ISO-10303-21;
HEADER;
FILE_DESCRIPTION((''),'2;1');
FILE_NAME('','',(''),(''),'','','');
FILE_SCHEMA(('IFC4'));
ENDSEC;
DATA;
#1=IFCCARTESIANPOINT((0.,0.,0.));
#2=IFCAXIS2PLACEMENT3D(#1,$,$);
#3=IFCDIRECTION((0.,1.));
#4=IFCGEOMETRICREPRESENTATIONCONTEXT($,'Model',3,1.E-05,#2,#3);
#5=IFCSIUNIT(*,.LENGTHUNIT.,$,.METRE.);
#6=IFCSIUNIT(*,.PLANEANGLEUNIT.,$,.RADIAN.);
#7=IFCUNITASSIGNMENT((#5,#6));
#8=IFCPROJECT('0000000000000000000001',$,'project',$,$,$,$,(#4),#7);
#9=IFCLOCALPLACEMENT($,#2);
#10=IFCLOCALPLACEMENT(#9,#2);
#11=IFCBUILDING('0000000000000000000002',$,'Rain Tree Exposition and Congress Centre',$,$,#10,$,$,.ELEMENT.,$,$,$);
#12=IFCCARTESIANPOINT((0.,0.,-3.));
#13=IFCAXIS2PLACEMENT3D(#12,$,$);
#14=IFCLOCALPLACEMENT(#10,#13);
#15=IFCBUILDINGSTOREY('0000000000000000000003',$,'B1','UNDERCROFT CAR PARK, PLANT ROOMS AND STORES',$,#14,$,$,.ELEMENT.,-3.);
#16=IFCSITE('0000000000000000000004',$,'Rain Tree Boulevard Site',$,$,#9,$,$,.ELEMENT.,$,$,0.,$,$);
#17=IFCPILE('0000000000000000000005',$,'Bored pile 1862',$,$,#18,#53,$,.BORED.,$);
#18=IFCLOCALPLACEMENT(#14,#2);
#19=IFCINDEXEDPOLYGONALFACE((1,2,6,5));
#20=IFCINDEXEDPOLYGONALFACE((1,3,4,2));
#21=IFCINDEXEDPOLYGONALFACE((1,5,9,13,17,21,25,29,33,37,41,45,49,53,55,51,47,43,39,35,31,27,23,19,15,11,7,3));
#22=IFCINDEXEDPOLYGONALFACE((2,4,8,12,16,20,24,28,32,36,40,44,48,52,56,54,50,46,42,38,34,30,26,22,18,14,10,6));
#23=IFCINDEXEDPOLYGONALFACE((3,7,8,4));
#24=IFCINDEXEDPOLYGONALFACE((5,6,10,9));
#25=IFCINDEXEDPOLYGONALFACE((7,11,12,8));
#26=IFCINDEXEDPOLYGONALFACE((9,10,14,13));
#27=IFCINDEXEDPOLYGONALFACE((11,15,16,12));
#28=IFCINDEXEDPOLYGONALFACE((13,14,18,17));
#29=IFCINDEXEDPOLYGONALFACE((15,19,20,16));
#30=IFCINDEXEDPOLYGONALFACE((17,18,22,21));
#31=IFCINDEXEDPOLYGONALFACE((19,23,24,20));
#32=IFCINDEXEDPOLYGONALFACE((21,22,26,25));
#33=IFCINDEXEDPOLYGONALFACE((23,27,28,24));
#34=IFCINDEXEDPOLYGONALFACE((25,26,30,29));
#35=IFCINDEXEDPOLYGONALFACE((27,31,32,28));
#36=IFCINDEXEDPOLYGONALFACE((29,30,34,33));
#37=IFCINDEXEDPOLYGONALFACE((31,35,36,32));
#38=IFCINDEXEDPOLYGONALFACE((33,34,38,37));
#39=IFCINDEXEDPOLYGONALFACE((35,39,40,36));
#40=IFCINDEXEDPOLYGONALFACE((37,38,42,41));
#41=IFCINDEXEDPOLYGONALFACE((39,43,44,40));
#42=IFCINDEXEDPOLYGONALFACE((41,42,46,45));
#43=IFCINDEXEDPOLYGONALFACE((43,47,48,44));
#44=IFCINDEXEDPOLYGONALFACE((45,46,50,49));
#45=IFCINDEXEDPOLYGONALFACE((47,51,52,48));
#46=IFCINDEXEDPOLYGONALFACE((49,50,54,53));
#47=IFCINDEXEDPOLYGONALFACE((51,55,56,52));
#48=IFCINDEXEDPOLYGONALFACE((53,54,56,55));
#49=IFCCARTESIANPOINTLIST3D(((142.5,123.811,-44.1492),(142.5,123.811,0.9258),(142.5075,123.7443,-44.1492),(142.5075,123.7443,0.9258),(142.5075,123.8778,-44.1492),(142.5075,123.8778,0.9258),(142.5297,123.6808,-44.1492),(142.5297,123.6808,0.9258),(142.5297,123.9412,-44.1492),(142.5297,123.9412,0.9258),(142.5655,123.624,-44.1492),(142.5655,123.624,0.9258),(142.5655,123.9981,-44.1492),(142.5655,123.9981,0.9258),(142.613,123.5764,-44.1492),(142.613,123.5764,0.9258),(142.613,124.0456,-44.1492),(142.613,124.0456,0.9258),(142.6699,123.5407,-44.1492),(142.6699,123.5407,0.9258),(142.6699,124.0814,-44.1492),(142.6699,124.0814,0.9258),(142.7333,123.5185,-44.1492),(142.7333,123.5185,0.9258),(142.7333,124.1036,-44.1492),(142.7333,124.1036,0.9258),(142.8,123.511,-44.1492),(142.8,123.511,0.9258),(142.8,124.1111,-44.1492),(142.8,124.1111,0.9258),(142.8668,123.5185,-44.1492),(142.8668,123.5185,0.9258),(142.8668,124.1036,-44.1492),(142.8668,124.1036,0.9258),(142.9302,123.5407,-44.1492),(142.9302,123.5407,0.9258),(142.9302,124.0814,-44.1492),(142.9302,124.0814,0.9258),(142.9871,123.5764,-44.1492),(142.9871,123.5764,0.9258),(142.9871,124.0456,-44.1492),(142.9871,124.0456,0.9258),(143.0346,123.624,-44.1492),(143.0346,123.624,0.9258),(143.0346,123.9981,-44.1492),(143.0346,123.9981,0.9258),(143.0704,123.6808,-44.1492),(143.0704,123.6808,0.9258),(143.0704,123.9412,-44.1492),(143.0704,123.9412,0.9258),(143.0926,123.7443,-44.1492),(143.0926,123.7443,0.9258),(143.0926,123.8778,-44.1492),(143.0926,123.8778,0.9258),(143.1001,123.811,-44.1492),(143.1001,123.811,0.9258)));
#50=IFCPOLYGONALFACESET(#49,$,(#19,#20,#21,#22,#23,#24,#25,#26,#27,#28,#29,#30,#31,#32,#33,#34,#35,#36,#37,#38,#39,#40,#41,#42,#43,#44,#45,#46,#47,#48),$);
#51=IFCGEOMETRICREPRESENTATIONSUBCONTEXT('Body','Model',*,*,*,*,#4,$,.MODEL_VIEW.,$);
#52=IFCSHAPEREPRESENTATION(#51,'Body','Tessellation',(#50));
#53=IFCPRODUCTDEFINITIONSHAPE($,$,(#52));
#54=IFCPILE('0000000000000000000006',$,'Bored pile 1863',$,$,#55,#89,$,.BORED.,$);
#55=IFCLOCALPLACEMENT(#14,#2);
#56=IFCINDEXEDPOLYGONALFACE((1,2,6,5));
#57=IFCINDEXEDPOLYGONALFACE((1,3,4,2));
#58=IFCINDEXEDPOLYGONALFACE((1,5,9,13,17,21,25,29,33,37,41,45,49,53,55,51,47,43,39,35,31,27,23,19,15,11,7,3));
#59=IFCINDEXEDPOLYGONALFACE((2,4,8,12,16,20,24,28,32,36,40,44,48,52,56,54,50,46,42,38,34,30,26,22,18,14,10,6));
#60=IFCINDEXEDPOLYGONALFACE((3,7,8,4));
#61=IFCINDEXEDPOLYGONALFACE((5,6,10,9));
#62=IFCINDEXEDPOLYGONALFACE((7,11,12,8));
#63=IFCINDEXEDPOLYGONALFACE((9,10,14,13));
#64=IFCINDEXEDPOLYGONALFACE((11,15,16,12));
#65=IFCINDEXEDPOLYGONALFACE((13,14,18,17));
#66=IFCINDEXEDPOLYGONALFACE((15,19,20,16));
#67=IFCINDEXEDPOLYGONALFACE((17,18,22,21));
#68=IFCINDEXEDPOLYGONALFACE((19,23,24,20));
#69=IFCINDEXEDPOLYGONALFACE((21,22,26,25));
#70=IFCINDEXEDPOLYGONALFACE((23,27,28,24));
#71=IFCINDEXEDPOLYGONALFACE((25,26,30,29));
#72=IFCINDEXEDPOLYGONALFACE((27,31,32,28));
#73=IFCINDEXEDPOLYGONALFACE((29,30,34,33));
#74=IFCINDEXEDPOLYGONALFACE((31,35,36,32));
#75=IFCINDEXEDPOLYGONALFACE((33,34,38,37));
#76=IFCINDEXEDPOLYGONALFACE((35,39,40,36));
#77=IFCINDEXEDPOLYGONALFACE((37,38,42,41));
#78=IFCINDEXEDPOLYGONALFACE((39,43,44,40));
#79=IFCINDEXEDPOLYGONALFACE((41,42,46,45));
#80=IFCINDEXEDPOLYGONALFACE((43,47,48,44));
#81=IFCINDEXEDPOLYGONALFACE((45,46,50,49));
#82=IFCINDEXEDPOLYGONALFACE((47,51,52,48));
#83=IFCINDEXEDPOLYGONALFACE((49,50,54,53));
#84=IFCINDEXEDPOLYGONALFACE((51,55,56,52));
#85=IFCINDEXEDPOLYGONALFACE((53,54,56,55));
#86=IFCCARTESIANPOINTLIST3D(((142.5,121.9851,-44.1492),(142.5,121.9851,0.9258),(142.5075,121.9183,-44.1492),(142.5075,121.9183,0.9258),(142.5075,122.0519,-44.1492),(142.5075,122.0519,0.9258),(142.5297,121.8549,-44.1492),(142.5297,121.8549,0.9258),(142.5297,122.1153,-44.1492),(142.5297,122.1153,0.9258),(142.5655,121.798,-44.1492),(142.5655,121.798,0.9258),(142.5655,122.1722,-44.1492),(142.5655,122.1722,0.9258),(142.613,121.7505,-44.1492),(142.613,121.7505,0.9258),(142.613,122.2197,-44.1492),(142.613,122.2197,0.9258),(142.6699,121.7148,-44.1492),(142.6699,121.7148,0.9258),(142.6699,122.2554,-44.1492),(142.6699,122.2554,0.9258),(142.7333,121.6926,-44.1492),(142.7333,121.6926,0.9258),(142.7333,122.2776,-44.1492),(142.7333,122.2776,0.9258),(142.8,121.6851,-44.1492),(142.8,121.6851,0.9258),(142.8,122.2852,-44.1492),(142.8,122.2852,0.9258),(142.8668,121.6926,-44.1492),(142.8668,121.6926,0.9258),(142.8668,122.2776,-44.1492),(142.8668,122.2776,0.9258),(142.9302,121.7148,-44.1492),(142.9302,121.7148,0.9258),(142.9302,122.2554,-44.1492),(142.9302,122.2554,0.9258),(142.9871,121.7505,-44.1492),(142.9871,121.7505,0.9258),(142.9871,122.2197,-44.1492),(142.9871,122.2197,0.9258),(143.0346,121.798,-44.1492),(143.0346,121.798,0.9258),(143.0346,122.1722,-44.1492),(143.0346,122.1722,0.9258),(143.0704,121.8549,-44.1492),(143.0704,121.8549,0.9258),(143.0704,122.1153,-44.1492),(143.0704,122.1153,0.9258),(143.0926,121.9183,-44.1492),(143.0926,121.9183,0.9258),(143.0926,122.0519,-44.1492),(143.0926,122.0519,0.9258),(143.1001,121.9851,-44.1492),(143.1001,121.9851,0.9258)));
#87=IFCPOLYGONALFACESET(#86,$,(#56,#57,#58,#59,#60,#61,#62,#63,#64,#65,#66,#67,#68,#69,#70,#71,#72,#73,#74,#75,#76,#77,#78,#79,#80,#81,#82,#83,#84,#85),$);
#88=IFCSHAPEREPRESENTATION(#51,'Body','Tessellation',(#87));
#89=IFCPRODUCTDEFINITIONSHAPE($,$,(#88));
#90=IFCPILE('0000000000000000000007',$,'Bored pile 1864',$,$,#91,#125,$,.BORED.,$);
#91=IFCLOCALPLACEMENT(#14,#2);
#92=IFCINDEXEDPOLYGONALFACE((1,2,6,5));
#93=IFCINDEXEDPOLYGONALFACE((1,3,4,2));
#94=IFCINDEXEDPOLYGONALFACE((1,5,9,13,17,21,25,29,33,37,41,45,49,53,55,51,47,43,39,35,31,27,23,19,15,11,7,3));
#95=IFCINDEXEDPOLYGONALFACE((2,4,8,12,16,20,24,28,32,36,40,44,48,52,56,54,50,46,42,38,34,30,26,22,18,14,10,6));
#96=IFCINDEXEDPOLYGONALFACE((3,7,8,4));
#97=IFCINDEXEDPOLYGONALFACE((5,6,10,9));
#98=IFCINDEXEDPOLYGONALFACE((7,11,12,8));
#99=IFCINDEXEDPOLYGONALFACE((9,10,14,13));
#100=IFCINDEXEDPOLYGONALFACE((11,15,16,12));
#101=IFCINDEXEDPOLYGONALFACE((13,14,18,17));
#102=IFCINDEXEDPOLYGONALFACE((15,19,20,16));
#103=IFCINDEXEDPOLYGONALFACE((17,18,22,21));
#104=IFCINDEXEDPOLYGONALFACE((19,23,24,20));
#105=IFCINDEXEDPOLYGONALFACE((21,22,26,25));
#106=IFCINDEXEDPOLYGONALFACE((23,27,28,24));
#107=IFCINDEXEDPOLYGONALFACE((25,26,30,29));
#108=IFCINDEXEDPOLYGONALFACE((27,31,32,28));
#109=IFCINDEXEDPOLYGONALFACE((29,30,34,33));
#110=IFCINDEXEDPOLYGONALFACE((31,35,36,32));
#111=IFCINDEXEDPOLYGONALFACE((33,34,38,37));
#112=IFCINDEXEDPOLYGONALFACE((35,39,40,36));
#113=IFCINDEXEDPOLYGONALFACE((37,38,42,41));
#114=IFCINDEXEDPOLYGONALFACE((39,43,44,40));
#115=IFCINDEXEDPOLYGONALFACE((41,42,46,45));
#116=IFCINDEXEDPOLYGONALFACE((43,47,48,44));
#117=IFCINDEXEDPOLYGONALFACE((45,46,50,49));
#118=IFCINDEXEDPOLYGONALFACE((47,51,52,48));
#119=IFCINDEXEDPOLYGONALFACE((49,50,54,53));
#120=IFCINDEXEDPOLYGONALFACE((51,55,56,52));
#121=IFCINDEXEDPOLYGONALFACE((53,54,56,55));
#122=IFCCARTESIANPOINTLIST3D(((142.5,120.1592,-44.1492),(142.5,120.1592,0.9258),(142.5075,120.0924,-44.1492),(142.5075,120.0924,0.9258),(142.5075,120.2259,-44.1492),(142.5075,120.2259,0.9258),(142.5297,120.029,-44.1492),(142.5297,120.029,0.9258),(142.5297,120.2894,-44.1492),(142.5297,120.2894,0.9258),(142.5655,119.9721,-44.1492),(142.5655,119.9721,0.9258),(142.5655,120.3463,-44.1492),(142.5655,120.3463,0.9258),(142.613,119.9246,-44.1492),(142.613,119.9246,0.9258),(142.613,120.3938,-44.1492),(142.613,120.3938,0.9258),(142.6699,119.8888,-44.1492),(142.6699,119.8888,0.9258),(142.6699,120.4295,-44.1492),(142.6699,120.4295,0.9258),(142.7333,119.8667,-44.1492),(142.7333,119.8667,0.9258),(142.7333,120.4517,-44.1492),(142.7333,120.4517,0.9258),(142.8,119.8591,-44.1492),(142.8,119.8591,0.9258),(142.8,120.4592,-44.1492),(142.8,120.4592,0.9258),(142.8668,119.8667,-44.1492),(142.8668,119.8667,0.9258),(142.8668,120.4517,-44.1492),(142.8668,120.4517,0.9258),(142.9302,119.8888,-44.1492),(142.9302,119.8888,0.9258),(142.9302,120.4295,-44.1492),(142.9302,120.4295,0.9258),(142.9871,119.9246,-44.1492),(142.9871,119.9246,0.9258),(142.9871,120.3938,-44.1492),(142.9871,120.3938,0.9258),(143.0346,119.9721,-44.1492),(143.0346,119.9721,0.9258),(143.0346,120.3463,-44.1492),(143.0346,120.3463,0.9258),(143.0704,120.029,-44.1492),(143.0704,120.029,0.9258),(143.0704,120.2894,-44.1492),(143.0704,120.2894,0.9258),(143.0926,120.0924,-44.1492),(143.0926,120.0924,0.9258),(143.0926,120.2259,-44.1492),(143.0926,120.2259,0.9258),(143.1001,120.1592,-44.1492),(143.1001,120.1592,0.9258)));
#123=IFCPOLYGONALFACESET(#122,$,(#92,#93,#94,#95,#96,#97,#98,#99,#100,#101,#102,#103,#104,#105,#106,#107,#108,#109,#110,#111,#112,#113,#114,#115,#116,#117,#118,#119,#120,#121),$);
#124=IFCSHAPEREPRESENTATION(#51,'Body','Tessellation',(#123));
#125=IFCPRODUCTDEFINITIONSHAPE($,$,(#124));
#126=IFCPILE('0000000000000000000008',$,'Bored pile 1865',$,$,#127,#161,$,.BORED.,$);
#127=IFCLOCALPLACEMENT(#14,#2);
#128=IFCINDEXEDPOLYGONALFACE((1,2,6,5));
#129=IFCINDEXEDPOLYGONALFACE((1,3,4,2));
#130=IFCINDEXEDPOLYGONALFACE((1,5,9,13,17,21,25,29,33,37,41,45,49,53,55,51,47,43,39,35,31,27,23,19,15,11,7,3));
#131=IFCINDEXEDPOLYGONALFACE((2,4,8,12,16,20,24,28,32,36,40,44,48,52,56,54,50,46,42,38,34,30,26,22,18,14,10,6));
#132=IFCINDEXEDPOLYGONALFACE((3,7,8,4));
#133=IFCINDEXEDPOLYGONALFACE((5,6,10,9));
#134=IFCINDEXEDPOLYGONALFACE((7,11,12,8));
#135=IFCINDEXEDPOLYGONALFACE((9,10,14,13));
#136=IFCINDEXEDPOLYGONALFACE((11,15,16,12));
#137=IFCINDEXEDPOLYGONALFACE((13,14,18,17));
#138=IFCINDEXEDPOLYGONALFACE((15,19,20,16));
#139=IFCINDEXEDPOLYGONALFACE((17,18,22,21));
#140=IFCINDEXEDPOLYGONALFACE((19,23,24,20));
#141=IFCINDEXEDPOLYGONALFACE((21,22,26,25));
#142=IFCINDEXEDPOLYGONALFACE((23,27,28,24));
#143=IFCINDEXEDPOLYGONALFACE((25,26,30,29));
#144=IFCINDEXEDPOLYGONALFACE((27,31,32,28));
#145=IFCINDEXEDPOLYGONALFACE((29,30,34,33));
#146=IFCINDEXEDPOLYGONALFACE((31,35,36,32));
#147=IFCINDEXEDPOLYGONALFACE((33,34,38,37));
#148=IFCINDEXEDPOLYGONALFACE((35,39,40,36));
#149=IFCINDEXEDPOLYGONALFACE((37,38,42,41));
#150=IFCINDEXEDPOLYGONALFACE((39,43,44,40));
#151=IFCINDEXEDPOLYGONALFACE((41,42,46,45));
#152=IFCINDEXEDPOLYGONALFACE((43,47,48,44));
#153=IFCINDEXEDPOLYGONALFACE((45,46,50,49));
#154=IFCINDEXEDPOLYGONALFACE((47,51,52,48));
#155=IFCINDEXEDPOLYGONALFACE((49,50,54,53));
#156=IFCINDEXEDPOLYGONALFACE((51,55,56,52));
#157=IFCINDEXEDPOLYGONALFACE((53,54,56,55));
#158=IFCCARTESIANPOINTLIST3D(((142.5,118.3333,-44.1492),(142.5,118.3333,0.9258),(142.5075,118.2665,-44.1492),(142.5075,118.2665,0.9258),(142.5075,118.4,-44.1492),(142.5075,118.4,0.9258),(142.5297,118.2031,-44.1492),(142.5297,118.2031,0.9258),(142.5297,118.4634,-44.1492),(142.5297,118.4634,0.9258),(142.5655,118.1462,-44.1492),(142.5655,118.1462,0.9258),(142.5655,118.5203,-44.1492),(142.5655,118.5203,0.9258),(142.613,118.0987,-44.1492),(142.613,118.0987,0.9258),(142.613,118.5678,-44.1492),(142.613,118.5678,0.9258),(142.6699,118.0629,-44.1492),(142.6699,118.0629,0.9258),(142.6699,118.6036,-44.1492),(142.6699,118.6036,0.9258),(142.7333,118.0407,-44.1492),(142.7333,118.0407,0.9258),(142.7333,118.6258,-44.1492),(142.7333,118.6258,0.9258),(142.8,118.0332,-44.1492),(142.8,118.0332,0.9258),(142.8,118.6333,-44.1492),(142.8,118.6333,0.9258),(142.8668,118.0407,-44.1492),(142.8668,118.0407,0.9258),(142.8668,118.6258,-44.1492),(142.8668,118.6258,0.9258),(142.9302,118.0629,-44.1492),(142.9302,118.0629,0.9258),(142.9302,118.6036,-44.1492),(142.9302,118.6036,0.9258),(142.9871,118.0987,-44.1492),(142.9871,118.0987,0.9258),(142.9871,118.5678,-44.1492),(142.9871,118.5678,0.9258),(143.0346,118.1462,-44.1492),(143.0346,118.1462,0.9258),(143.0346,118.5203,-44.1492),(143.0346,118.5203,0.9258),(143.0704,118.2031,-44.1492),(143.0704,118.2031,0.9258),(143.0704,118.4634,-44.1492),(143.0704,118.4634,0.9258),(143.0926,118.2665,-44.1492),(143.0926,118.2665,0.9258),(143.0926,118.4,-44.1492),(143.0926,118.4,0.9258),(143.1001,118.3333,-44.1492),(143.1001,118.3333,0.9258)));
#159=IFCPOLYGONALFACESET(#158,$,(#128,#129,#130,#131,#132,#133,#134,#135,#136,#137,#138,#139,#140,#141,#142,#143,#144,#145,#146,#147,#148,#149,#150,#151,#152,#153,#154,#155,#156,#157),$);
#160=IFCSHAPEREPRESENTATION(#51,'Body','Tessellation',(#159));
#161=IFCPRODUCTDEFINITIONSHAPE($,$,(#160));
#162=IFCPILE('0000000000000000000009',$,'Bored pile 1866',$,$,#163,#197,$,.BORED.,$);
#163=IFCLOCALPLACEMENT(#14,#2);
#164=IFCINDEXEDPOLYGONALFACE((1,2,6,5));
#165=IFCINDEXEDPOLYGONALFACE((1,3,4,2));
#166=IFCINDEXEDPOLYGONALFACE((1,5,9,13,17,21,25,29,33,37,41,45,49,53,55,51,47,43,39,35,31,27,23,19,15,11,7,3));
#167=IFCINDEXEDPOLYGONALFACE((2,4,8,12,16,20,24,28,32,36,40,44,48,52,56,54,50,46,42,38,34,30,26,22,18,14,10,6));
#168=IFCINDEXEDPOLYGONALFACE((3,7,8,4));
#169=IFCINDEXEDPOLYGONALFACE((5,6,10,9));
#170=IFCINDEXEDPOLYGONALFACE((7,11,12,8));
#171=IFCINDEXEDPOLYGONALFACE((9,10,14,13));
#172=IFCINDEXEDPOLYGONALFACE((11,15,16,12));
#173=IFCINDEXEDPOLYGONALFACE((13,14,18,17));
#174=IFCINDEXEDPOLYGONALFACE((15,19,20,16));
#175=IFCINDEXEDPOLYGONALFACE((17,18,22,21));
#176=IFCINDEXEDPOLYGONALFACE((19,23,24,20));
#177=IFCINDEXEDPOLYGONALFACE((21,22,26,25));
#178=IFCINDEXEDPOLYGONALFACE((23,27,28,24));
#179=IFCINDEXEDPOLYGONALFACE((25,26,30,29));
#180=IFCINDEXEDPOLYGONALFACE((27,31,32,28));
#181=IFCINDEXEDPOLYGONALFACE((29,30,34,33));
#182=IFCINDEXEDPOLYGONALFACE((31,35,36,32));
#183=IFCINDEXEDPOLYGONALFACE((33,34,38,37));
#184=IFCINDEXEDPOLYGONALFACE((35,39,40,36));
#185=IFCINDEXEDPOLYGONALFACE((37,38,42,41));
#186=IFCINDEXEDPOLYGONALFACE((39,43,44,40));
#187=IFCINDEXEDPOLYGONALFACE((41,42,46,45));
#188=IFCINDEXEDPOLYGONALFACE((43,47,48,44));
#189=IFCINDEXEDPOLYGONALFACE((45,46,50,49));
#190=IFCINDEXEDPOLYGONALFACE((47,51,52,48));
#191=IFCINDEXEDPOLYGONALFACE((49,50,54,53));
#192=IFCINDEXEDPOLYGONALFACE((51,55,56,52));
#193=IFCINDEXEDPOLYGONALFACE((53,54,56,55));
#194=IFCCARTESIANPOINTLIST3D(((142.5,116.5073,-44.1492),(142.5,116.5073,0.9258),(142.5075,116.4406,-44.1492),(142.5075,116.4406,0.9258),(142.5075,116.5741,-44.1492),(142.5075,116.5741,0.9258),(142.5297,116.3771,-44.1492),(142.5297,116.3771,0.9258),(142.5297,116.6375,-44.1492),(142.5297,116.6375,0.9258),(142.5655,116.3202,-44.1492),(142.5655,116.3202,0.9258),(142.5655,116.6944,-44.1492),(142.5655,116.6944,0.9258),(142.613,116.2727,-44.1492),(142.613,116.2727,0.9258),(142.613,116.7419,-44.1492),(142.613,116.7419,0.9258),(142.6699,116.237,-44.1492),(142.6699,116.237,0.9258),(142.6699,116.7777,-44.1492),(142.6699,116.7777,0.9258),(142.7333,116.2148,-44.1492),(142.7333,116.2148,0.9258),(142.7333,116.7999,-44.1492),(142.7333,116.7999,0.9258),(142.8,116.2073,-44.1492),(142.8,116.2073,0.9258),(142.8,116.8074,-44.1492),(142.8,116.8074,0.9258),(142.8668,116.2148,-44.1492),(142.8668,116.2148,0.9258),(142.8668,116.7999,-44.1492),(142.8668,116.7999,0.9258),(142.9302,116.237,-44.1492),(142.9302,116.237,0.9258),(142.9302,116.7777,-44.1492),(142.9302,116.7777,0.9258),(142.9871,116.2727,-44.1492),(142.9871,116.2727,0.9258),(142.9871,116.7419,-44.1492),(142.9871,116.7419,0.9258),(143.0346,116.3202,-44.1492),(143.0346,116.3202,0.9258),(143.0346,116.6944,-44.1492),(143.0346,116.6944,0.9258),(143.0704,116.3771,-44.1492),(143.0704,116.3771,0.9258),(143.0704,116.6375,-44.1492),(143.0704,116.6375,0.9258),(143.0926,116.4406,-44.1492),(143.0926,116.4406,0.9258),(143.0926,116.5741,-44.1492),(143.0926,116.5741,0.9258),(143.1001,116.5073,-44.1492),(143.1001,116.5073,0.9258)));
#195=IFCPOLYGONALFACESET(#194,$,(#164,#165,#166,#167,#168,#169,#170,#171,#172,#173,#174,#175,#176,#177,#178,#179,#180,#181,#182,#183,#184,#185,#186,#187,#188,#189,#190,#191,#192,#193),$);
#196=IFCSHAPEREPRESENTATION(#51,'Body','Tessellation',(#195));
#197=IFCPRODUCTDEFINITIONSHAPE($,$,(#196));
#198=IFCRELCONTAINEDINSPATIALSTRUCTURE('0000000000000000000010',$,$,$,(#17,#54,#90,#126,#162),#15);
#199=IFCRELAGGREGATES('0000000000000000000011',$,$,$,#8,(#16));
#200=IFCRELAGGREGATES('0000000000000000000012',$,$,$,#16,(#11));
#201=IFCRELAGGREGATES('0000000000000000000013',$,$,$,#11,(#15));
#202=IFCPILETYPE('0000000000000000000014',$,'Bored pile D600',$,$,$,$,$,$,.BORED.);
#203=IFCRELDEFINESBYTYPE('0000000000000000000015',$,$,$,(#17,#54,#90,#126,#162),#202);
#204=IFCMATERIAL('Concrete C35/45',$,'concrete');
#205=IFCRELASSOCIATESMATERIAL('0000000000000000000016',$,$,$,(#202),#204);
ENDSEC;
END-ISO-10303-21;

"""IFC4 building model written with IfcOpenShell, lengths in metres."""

from ifc_helpers import new_model, si_unit, direction, frame, origin, origin_2d, place, context, subcontext, project, spatial, circle, extrude, material, material_profile, profile_set, type_object, element, save


model = new_model("IFC4")

# Units and contexts
model_context = context("Model", 3, precision=1e-05, world=origin(), true_north=direction((0.0, 1.0)))
body_context = subcontext(model_context, "Body", "Model", "MODEL_VIEW")
ifc_project = project(units=[si_unit("LENGTHUNIT", "METRE"), si_unit("PLANEANGLEUNIT", "RADIAN")], contexts=[model_context])

# Site, building, storey
site_placement = place(None, origin())
site = spatial("IfcSite", under=ifc_project, at=site_placement, Name="Rain Tree Boulevard Site", CompositionType="ELEMENT", RefElevation=0.0)
building_placement = place(site_placement, origin())
building = spatial("IfcBuilding", under=site, at=building_placement, Name="Rain Tree Exposition and Congress Centre", CompositionType="ELEMENT")
storey_placement = place(building_placement, frame((0.0, 0.0, -3.0)))
storey = spatial("IfcBuildingStorey", under=building, at=storey_placement, Name="B1", Description="UNDERCROFT CAR PARK, PLANT ROOMS AND STORES", CompositionType="ELEMENT", Elevation=-3.0)

# Piles
ifc_material_1 = material(Name="Concrete C35/45", Category="concrete")
ifc_material_profile_1 = material_profile(ifc_material_1, circle(Radius=0.3, at=origin_2d()), Name="D600")
ifc_profile_set_1 = profile_set([ifc_material_profile_1], Name="Concrete C35/45")
pile_type_1 = type_object("IfcPileType", Name="Bored pile D600", PredefinedType="BORED", material=ifc_profile_set_1)
for number, where, z_axis, x_axis, name in (
    (1, (142.8, 123.811, 0.9258), (0.0, 0.0, -1.0), (1.0, 0.0, 0.0), "Bored pile 1862"),
    (2, (142.8, 121.9851, 0.9258), (0.0, 0.0, -1.0), (1.0, 0.0, 0.0), "Bored pile 1863"),
    (3, (142.8, 120.1592, 0.9258), (0.0, 0.0, -1.0), (1.0, 0.0, 0.0), "Bored pile 1864"),
    (4, (142.8, 118.3333, 0.9258), (0.0, 0.0, -1.0), (1.0, 0.0, 0.0), "Bored pile 1865"),
    (5, (142.8, 116.5073, 0.9258), (0.0, 0.0, -1.0), (1.0, 0.0, 0.0), "Bored pile 1866"),
):
    element("IfcPile", number, at=place(storey_placement, frame(where, z_axis=z_axis, x_axis=x_axis)), inside=storey, type_object=pile_type_1, Name=name, PredefinedType="BORED", context=body_context, shape_type="SweptSolid", body=[
        extrude(circle(Radius=0.3, at=origin_2d()), origin(), (0.0, 0.0, 1.0), 45.075),
    ])

save(model, "model.ifc")
